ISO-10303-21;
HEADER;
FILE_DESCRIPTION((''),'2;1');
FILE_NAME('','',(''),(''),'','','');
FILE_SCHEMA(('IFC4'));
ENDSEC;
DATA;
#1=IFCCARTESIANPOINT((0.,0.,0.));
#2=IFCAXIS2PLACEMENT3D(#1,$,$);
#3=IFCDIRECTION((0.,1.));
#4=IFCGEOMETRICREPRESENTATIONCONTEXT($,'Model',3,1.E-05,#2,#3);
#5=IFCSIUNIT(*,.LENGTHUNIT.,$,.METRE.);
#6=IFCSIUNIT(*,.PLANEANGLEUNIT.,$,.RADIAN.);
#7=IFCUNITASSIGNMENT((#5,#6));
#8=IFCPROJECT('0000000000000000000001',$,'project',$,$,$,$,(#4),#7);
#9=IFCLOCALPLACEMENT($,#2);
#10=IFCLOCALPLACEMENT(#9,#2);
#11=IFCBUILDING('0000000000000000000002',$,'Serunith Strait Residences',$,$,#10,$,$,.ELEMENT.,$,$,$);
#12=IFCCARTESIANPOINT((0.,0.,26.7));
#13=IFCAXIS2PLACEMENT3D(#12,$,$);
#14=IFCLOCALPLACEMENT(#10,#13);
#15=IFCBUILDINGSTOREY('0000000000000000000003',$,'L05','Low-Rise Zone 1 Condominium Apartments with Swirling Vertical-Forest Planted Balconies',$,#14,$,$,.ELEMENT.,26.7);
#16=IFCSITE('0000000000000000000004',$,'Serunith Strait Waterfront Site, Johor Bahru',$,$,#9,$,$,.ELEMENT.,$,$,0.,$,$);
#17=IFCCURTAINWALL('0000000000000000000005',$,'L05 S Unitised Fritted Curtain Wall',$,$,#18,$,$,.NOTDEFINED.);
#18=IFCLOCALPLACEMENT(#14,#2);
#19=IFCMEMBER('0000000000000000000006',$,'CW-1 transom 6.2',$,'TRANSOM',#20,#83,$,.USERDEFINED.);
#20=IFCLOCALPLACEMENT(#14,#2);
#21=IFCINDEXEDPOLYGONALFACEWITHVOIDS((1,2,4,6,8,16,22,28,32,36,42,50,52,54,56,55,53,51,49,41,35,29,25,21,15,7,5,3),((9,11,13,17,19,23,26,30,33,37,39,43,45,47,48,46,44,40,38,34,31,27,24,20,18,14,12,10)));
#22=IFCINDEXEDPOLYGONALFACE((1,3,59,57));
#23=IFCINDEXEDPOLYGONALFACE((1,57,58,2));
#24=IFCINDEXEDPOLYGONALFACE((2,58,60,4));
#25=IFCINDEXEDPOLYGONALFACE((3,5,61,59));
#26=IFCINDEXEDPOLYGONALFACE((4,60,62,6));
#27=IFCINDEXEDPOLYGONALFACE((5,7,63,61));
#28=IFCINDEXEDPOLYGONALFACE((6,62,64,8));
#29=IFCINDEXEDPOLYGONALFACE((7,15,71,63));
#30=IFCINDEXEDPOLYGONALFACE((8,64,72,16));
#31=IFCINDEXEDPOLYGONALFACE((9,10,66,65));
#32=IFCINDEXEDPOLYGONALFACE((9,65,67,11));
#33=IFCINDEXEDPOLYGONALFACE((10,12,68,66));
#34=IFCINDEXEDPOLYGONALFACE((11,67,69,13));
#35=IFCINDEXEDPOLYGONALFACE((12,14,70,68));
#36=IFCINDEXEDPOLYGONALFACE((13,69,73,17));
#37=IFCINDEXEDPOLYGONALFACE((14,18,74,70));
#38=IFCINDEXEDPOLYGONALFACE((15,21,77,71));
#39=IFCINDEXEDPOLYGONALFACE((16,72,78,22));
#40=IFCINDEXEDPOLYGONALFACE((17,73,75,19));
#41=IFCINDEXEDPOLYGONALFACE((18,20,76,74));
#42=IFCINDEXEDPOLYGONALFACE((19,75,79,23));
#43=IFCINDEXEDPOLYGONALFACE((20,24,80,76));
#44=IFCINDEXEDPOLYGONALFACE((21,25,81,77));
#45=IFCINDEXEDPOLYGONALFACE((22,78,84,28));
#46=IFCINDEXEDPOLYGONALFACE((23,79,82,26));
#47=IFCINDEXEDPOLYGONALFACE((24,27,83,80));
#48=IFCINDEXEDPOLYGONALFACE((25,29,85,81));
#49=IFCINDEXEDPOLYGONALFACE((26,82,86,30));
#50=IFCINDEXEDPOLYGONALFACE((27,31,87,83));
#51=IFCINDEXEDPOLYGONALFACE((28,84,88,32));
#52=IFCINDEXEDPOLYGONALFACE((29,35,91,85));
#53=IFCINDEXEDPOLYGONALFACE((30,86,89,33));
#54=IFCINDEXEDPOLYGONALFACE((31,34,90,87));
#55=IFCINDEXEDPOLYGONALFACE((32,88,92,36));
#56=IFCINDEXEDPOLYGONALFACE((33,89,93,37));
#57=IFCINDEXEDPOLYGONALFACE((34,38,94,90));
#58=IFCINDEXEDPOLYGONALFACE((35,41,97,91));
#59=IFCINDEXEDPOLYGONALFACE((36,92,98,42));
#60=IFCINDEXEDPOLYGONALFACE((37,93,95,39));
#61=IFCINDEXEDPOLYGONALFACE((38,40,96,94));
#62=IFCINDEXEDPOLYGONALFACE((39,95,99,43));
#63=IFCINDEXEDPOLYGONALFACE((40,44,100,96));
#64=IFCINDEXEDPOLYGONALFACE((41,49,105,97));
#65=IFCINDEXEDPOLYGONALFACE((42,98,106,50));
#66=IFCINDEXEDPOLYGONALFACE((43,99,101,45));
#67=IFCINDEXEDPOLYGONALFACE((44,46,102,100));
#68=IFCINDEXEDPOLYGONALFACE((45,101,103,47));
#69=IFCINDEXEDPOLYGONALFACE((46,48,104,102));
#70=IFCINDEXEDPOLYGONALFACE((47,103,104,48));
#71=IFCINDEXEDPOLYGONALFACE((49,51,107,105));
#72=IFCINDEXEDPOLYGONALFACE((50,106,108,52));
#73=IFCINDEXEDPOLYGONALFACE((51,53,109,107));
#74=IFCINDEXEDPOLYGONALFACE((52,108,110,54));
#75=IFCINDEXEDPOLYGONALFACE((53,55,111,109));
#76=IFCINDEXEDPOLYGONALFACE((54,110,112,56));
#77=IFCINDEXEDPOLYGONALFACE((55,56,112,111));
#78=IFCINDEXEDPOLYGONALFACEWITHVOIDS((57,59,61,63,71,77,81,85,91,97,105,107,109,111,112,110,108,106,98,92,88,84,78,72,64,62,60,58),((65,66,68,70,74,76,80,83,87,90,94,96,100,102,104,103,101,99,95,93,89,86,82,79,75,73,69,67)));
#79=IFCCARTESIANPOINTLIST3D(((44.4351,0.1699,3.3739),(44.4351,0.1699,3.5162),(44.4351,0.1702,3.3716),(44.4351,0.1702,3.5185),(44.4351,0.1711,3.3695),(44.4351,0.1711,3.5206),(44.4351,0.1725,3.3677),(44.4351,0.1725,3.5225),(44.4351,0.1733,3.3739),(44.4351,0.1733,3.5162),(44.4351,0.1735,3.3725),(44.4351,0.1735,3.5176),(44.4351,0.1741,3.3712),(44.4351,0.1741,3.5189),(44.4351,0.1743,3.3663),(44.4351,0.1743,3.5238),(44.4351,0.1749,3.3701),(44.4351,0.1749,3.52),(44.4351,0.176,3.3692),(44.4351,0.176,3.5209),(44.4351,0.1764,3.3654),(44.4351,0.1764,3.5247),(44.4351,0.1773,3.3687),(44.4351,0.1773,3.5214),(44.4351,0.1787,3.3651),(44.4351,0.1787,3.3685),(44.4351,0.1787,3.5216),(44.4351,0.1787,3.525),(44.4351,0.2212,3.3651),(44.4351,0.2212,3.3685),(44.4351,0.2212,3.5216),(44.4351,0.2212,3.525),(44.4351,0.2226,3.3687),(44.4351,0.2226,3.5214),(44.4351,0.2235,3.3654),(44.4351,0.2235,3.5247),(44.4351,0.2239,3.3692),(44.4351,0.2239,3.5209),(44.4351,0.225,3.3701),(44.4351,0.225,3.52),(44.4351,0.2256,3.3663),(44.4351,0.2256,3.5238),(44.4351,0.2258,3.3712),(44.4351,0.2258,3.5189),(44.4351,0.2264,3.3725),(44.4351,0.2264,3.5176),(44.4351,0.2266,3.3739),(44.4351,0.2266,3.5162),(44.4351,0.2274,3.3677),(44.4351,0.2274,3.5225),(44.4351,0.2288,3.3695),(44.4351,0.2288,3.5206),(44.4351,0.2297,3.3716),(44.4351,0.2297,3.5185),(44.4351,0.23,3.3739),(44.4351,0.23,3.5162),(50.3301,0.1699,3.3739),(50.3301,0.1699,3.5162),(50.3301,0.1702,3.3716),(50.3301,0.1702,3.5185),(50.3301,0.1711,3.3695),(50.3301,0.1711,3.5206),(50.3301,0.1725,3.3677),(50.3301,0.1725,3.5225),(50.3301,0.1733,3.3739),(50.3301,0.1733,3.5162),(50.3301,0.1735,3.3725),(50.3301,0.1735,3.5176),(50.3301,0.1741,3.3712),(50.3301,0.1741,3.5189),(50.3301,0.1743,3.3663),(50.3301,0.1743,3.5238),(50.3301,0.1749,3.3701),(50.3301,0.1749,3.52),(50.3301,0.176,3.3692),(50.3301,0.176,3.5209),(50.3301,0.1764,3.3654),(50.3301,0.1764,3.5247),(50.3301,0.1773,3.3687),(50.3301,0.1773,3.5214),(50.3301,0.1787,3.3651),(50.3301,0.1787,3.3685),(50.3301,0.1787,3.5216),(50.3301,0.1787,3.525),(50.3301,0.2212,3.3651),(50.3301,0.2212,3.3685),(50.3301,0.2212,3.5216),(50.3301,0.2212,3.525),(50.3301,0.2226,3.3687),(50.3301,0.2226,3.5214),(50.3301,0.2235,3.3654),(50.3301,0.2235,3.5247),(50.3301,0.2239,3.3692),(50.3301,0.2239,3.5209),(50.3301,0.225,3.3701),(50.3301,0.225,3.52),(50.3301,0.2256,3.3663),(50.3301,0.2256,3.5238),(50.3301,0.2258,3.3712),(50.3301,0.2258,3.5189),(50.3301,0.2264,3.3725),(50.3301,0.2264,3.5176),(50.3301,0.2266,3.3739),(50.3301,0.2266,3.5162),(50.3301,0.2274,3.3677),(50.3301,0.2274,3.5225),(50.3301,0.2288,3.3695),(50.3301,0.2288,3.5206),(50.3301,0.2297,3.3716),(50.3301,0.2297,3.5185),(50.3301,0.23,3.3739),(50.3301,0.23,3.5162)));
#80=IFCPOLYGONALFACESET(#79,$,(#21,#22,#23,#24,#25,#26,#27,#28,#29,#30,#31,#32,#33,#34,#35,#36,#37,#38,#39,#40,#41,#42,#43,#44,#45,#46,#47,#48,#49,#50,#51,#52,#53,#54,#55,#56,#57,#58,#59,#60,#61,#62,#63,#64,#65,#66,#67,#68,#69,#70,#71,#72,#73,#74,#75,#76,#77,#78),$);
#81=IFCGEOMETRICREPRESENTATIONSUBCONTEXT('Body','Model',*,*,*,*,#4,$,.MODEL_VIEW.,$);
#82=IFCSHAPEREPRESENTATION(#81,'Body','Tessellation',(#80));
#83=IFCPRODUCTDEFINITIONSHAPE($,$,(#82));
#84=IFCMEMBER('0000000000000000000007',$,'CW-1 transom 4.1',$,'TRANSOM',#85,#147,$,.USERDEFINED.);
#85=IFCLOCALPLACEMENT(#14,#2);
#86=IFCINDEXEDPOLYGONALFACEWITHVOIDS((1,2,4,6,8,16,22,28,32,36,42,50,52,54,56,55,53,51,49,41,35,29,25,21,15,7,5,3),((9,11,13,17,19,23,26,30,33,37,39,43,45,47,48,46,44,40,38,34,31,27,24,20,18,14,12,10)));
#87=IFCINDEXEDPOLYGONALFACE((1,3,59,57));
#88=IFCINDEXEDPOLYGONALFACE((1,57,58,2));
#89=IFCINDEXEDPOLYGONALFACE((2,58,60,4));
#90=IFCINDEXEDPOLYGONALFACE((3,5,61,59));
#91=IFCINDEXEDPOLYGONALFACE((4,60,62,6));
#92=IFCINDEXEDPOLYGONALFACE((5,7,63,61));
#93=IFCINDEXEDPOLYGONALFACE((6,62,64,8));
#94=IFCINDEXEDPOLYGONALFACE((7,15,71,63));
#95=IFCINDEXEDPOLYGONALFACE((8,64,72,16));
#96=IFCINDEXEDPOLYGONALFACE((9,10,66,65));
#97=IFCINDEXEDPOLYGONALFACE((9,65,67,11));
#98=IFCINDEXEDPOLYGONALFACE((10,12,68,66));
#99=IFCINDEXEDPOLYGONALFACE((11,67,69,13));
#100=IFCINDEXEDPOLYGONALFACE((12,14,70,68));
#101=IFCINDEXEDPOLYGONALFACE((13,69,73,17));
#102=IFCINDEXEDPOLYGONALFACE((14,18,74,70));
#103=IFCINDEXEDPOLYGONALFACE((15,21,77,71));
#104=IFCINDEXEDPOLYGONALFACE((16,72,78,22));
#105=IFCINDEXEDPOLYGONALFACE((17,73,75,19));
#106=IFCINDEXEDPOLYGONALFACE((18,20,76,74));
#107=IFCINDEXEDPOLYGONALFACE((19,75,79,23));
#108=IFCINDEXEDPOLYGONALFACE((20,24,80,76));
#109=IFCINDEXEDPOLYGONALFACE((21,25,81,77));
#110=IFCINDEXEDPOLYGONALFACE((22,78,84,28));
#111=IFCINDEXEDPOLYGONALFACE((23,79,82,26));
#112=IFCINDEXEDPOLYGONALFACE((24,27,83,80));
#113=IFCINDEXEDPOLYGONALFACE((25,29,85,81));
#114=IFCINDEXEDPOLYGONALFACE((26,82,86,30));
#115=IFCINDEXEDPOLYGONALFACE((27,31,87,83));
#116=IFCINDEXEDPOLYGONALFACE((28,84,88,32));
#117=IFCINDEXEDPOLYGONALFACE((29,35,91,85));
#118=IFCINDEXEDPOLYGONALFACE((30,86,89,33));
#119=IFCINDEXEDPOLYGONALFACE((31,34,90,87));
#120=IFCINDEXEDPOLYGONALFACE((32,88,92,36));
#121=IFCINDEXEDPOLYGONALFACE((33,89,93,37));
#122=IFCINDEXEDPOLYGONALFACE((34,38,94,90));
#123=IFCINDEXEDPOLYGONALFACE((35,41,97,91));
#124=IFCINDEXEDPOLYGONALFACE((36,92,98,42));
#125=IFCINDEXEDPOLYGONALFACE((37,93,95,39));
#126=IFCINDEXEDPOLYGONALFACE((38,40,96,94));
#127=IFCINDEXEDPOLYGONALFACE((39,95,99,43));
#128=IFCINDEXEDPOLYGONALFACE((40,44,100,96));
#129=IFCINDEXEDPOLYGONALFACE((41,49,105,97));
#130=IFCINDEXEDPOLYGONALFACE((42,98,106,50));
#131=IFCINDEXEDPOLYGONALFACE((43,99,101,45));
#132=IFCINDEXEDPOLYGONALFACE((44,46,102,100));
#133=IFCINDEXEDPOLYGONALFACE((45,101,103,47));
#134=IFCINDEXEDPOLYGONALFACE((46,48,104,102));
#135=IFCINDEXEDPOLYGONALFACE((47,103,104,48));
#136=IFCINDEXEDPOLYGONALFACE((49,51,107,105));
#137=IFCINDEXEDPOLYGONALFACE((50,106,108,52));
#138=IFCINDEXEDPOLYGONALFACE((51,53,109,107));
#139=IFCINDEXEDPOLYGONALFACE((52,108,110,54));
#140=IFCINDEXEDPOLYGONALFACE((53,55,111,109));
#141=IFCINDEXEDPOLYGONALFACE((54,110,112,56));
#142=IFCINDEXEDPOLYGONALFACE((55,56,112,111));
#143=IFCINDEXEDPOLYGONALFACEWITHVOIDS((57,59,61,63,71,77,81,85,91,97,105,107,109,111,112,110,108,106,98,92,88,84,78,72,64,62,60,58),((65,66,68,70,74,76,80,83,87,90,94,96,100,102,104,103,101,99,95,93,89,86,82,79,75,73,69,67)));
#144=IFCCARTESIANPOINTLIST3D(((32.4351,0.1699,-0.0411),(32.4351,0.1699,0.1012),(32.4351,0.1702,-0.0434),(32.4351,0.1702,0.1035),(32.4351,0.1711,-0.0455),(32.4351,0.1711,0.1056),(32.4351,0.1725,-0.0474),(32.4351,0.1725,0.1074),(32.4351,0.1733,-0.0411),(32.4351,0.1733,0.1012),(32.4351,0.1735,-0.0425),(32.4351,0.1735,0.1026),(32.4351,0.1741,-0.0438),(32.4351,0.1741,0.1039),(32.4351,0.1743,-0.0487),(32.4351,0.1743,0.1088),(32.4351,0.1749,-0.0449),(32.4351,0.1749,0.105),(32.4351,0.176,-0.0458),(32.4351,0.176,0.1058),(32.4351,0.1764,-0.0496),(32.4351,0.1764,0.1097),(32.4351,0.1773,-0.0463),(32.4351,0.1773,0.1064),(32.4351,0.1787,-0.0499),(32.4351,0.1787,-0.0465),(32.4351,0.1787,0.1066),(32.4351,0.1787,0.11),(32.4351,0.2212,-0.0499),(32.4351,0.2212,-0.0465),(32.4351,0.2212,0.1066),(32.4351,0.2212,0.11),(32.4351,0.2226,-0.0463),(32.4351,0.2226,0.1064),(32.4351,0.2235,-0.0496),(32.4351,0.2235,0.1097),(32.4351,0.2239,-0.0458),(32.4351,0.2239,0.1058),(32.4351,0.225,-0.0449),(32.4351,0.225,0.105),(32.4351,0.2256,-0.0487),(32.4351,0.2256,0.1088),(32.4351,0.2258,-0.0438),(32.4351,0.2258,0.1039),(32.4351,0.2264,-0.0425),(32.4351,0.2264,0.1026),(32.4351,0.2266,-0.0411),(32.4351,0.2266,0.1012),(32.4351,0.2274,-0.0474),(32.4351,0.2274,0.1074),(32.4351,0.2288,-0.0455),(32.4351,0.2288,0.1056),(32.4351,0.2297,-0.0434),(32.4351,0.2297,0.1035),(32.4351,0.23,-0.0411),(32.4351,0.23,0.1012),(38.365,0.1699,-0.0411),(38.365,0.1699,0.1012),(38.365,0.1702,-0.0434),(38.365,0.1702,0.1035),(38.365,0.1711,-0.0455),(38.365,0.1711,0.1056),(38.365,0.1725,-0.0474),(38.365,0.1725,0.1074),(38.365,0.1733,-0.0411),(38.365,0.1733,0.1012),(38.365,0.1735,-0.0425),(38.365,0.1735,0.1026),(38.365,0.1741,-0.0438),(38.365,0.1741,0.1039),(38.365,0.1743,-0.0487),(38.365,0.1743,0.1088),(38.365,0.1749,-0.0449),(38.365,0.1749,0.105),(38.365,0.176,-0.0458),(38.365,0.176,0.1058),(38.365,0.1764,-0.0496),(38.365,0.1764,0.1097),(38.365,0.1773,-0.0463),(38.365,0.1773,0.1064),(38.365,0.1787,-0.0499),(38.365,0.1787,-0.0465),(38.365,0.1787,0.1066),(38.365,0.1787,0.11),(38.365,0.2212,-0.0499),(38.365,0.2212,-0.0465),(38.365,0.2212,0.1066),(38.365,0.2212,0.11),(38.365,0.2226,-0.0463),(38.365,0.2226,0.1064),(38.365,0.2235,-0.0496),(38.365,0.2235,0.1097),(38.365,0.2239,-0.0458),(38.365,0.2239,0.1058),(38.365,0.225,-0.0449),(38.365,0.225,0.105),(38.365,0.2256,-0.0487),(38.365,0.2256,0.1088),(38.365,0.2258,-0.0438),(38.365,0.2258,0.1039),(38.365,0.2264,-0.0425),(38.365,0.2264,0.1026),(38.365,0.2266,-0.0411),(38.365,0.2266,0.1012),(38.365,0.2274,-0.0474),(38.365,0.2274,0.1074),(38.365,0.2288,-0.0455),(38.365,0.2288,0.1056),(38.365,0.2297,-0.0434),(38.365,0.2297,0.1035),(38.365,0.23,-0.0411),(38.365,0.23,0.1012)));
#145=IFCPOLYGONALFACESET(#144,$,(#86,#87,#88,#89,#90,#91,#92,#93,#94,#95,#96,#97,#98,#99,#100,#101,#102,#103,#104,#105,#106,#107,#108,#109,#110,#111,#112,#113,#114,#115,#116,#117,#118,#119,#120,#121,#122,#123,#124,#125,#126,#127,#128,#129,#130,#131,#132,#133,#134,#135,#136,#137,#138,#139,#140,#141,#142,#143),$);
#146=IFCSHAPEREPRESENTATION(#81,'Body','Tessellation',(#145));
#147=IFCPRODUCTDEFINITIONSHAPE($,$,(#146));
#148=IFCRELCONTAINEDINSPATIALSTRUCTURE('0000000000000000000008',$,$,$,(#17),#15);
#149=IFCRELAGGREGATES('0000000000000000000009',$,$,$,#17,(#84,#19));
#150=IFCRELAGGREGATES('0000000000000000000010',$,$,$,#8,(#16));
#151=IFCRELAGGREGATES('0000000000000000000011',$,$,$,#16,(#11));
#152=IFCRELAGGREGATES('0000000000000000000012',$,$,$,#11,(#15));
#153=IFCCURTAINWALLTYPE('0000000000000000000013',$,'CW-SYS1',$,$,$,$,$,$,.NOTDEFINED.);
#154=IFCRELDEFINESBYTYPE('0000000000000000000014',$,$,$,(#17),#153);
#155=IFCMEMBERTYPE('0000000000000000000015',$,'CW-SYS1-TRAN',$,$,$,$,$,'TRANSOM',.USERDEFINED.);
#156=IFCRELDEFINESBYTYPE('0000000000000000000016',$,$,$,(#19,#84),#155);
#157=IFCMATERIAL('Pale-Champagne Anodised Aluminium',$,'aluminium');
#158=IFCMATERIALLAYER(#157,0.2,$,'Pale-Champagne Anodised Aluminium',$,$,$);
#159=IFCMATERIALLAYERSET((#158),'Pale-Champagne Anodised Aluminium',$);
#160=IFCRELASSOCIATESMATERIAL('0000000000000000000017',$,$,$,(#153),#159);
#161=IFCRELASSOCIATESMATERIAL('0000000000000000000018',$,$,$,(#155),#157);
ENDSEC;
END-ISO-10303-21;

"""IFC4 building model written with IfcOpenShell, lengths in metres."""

from ifc_helpers import new_model, si_unit, direction, frame, origin, origin_2d, place, context, subcontext, project, spatial, hollow_rectangle, extrude, source, transform, mapped, material, layer, layer_set, material_profile, profile_set, type_object, element, aggregate, save


model = new_model("IFC4")

# Units and contexts
model_context = context("Model", 3, precision=1e-05, world=origin(), true_north=direction((0.0, 1.0)))
body_context = subcontext(model_context, "Body", "Model", "MODEL_VIEW")
ifc_project = project(units=[si_unit("LENGTHUNIT", "METRE"), si_unit("PLANEANGLEUNIT", "RADIAN")], contexts=[model_context])

# Site, building, storey
site_placement = place(None, origin())
site = spatial("IfcSite", under=ifc_project, at=site_placement, Name="Serunith Strait Waterfront Site, Johor Bahru", CompositionType="ELEMENT", RefElevation=0.0)
building_placement = place(site_placement, origin())
building = spatial("IfcBuilding", under=site, at=building_placement, Name="Serunith Strait Residences", CompositionType="ELEMENT")
storey_placement = place(building_placement, frame((0.0, 0.0, 26.7)))
storey = spatial("IfcBuildingStorey", under=building, at=storey_placement, Name="L05", Description="Low-Rise Zone 1 Condominium Apartments with Swirling Vertical-Forest Planted Balconies", CompositionType="ELEMENT", Elevation=26.7)

# Curtain wall, members
ifc_material_1 = material(Name="Pale-Champagne Anodised Aluminium", Category="aluminium")
ifc_layer_1 = layer(ifc_material_1, 0.2, Name="Pale-Champagne Anodised Aluminium")
ifc_layer_set_1 = layer_set([ifc_layer_1], Name="Pale-Champagne Anodised Aluminium")
curtain_wall_type = type_object("IfcCurtainWallType", Name="CW-SYS1", PredefinedType="NOTDEFINED", material=ifc_layer_set_1)
curtain_wall_placement = place(storey_placement, origin())
curtain_wall = element("IfcCurtainWall", 1, at=curtain_wall_placement, inside=storey, type_object=curtain_wall_type, Name="L05 S Unitised Fritted Curtain Wall", PredefinedType="NOTDEFINED")
ifc_material_profile_1 = material_profile(ifc_material_1, hollow_rectangle(XDim=0.0601, YDim=0.1599, WallThickness=0.0034, InnerFilletRadius=0.0054, OuterFilletRadius=0.0088, at=origin_2d()), Name="ALU 160x60x3.5")
ifc_profile_set_1 = profile_set([ifc_material_profile_1], Name="Pale-Champagne Anodised Aluminium")
member_type_1 = type_object("IfcMemberType", Name="CW-SYS1-TRAN", ElementType="TRANSOM", PredefinedType="USERDEFINED", material=ifc_profile_set_1)
shared_shape_1 = source(origin(), body_context, "Body", "SweptSolid", [
    extrude(hollow_rectangle(XDim=0.0601, YDim=0.1599, WallThickness=0.0034, InnerFilletRadius=0.0054, OuterFilletRadius=0.0088, at=origin_2d()), origin(), (0.0, 0.0, 1.0), 5.895),
])
member_1_placement = place(storey_placement, frame((44.4351, 0.2, 3.4451), z_axis=(1.0, 0.0, 0.0), x_axis=(0.0, 1.0, 0.0)))
member_1 = element("IfcMember", 2, at=member_1_placement, type_object=member_type_1, Name="CW-1 transom 6.2", ObjectType="TRANSOM", PredefinedType="USERDEFINED", context=body_context, shape_type="MappedRepresentation", body=[
    mapped(shared_shape_1, transform((0.0, 0.0, 0.0), scale=1.0)),
])
shared_shape_2 = source(origin(), body_context, "Body", "SweptSolid", [
    extrude(hollow_rectangle(XDim=0.0601, YDim=0.1599, WallThickness=0.0034, InnerFilletRadius=0.0054, OuterFilletRadius=0.0088, at=origin_2d()), origin(), (0.0, 0.0, 1.0), 5.9299),
])
member_2_placement = place(storey_placement, frame((32.4351, 0.2, 0.03), z_axis=(1.0, 0.0, 0.0), x_axis=(0.0, 1.0, 0.0)))
member_2 = element("IfcMember", 3, at=member_2_placement, type_object=member_type_1, Name="CW-1 transom 4.1", ObjectType="TRANSOM", PredefinedType="USERDEFINED", context=body_context, shape_type="MappedRepresentation", body=[
    mapped(shared_shape_2, transform((0.0, 0.0, 0.0), scale=1.0)),
])
aggregate(curtain_wall, [member_2, member_1])

save(model, "model.ifc")
